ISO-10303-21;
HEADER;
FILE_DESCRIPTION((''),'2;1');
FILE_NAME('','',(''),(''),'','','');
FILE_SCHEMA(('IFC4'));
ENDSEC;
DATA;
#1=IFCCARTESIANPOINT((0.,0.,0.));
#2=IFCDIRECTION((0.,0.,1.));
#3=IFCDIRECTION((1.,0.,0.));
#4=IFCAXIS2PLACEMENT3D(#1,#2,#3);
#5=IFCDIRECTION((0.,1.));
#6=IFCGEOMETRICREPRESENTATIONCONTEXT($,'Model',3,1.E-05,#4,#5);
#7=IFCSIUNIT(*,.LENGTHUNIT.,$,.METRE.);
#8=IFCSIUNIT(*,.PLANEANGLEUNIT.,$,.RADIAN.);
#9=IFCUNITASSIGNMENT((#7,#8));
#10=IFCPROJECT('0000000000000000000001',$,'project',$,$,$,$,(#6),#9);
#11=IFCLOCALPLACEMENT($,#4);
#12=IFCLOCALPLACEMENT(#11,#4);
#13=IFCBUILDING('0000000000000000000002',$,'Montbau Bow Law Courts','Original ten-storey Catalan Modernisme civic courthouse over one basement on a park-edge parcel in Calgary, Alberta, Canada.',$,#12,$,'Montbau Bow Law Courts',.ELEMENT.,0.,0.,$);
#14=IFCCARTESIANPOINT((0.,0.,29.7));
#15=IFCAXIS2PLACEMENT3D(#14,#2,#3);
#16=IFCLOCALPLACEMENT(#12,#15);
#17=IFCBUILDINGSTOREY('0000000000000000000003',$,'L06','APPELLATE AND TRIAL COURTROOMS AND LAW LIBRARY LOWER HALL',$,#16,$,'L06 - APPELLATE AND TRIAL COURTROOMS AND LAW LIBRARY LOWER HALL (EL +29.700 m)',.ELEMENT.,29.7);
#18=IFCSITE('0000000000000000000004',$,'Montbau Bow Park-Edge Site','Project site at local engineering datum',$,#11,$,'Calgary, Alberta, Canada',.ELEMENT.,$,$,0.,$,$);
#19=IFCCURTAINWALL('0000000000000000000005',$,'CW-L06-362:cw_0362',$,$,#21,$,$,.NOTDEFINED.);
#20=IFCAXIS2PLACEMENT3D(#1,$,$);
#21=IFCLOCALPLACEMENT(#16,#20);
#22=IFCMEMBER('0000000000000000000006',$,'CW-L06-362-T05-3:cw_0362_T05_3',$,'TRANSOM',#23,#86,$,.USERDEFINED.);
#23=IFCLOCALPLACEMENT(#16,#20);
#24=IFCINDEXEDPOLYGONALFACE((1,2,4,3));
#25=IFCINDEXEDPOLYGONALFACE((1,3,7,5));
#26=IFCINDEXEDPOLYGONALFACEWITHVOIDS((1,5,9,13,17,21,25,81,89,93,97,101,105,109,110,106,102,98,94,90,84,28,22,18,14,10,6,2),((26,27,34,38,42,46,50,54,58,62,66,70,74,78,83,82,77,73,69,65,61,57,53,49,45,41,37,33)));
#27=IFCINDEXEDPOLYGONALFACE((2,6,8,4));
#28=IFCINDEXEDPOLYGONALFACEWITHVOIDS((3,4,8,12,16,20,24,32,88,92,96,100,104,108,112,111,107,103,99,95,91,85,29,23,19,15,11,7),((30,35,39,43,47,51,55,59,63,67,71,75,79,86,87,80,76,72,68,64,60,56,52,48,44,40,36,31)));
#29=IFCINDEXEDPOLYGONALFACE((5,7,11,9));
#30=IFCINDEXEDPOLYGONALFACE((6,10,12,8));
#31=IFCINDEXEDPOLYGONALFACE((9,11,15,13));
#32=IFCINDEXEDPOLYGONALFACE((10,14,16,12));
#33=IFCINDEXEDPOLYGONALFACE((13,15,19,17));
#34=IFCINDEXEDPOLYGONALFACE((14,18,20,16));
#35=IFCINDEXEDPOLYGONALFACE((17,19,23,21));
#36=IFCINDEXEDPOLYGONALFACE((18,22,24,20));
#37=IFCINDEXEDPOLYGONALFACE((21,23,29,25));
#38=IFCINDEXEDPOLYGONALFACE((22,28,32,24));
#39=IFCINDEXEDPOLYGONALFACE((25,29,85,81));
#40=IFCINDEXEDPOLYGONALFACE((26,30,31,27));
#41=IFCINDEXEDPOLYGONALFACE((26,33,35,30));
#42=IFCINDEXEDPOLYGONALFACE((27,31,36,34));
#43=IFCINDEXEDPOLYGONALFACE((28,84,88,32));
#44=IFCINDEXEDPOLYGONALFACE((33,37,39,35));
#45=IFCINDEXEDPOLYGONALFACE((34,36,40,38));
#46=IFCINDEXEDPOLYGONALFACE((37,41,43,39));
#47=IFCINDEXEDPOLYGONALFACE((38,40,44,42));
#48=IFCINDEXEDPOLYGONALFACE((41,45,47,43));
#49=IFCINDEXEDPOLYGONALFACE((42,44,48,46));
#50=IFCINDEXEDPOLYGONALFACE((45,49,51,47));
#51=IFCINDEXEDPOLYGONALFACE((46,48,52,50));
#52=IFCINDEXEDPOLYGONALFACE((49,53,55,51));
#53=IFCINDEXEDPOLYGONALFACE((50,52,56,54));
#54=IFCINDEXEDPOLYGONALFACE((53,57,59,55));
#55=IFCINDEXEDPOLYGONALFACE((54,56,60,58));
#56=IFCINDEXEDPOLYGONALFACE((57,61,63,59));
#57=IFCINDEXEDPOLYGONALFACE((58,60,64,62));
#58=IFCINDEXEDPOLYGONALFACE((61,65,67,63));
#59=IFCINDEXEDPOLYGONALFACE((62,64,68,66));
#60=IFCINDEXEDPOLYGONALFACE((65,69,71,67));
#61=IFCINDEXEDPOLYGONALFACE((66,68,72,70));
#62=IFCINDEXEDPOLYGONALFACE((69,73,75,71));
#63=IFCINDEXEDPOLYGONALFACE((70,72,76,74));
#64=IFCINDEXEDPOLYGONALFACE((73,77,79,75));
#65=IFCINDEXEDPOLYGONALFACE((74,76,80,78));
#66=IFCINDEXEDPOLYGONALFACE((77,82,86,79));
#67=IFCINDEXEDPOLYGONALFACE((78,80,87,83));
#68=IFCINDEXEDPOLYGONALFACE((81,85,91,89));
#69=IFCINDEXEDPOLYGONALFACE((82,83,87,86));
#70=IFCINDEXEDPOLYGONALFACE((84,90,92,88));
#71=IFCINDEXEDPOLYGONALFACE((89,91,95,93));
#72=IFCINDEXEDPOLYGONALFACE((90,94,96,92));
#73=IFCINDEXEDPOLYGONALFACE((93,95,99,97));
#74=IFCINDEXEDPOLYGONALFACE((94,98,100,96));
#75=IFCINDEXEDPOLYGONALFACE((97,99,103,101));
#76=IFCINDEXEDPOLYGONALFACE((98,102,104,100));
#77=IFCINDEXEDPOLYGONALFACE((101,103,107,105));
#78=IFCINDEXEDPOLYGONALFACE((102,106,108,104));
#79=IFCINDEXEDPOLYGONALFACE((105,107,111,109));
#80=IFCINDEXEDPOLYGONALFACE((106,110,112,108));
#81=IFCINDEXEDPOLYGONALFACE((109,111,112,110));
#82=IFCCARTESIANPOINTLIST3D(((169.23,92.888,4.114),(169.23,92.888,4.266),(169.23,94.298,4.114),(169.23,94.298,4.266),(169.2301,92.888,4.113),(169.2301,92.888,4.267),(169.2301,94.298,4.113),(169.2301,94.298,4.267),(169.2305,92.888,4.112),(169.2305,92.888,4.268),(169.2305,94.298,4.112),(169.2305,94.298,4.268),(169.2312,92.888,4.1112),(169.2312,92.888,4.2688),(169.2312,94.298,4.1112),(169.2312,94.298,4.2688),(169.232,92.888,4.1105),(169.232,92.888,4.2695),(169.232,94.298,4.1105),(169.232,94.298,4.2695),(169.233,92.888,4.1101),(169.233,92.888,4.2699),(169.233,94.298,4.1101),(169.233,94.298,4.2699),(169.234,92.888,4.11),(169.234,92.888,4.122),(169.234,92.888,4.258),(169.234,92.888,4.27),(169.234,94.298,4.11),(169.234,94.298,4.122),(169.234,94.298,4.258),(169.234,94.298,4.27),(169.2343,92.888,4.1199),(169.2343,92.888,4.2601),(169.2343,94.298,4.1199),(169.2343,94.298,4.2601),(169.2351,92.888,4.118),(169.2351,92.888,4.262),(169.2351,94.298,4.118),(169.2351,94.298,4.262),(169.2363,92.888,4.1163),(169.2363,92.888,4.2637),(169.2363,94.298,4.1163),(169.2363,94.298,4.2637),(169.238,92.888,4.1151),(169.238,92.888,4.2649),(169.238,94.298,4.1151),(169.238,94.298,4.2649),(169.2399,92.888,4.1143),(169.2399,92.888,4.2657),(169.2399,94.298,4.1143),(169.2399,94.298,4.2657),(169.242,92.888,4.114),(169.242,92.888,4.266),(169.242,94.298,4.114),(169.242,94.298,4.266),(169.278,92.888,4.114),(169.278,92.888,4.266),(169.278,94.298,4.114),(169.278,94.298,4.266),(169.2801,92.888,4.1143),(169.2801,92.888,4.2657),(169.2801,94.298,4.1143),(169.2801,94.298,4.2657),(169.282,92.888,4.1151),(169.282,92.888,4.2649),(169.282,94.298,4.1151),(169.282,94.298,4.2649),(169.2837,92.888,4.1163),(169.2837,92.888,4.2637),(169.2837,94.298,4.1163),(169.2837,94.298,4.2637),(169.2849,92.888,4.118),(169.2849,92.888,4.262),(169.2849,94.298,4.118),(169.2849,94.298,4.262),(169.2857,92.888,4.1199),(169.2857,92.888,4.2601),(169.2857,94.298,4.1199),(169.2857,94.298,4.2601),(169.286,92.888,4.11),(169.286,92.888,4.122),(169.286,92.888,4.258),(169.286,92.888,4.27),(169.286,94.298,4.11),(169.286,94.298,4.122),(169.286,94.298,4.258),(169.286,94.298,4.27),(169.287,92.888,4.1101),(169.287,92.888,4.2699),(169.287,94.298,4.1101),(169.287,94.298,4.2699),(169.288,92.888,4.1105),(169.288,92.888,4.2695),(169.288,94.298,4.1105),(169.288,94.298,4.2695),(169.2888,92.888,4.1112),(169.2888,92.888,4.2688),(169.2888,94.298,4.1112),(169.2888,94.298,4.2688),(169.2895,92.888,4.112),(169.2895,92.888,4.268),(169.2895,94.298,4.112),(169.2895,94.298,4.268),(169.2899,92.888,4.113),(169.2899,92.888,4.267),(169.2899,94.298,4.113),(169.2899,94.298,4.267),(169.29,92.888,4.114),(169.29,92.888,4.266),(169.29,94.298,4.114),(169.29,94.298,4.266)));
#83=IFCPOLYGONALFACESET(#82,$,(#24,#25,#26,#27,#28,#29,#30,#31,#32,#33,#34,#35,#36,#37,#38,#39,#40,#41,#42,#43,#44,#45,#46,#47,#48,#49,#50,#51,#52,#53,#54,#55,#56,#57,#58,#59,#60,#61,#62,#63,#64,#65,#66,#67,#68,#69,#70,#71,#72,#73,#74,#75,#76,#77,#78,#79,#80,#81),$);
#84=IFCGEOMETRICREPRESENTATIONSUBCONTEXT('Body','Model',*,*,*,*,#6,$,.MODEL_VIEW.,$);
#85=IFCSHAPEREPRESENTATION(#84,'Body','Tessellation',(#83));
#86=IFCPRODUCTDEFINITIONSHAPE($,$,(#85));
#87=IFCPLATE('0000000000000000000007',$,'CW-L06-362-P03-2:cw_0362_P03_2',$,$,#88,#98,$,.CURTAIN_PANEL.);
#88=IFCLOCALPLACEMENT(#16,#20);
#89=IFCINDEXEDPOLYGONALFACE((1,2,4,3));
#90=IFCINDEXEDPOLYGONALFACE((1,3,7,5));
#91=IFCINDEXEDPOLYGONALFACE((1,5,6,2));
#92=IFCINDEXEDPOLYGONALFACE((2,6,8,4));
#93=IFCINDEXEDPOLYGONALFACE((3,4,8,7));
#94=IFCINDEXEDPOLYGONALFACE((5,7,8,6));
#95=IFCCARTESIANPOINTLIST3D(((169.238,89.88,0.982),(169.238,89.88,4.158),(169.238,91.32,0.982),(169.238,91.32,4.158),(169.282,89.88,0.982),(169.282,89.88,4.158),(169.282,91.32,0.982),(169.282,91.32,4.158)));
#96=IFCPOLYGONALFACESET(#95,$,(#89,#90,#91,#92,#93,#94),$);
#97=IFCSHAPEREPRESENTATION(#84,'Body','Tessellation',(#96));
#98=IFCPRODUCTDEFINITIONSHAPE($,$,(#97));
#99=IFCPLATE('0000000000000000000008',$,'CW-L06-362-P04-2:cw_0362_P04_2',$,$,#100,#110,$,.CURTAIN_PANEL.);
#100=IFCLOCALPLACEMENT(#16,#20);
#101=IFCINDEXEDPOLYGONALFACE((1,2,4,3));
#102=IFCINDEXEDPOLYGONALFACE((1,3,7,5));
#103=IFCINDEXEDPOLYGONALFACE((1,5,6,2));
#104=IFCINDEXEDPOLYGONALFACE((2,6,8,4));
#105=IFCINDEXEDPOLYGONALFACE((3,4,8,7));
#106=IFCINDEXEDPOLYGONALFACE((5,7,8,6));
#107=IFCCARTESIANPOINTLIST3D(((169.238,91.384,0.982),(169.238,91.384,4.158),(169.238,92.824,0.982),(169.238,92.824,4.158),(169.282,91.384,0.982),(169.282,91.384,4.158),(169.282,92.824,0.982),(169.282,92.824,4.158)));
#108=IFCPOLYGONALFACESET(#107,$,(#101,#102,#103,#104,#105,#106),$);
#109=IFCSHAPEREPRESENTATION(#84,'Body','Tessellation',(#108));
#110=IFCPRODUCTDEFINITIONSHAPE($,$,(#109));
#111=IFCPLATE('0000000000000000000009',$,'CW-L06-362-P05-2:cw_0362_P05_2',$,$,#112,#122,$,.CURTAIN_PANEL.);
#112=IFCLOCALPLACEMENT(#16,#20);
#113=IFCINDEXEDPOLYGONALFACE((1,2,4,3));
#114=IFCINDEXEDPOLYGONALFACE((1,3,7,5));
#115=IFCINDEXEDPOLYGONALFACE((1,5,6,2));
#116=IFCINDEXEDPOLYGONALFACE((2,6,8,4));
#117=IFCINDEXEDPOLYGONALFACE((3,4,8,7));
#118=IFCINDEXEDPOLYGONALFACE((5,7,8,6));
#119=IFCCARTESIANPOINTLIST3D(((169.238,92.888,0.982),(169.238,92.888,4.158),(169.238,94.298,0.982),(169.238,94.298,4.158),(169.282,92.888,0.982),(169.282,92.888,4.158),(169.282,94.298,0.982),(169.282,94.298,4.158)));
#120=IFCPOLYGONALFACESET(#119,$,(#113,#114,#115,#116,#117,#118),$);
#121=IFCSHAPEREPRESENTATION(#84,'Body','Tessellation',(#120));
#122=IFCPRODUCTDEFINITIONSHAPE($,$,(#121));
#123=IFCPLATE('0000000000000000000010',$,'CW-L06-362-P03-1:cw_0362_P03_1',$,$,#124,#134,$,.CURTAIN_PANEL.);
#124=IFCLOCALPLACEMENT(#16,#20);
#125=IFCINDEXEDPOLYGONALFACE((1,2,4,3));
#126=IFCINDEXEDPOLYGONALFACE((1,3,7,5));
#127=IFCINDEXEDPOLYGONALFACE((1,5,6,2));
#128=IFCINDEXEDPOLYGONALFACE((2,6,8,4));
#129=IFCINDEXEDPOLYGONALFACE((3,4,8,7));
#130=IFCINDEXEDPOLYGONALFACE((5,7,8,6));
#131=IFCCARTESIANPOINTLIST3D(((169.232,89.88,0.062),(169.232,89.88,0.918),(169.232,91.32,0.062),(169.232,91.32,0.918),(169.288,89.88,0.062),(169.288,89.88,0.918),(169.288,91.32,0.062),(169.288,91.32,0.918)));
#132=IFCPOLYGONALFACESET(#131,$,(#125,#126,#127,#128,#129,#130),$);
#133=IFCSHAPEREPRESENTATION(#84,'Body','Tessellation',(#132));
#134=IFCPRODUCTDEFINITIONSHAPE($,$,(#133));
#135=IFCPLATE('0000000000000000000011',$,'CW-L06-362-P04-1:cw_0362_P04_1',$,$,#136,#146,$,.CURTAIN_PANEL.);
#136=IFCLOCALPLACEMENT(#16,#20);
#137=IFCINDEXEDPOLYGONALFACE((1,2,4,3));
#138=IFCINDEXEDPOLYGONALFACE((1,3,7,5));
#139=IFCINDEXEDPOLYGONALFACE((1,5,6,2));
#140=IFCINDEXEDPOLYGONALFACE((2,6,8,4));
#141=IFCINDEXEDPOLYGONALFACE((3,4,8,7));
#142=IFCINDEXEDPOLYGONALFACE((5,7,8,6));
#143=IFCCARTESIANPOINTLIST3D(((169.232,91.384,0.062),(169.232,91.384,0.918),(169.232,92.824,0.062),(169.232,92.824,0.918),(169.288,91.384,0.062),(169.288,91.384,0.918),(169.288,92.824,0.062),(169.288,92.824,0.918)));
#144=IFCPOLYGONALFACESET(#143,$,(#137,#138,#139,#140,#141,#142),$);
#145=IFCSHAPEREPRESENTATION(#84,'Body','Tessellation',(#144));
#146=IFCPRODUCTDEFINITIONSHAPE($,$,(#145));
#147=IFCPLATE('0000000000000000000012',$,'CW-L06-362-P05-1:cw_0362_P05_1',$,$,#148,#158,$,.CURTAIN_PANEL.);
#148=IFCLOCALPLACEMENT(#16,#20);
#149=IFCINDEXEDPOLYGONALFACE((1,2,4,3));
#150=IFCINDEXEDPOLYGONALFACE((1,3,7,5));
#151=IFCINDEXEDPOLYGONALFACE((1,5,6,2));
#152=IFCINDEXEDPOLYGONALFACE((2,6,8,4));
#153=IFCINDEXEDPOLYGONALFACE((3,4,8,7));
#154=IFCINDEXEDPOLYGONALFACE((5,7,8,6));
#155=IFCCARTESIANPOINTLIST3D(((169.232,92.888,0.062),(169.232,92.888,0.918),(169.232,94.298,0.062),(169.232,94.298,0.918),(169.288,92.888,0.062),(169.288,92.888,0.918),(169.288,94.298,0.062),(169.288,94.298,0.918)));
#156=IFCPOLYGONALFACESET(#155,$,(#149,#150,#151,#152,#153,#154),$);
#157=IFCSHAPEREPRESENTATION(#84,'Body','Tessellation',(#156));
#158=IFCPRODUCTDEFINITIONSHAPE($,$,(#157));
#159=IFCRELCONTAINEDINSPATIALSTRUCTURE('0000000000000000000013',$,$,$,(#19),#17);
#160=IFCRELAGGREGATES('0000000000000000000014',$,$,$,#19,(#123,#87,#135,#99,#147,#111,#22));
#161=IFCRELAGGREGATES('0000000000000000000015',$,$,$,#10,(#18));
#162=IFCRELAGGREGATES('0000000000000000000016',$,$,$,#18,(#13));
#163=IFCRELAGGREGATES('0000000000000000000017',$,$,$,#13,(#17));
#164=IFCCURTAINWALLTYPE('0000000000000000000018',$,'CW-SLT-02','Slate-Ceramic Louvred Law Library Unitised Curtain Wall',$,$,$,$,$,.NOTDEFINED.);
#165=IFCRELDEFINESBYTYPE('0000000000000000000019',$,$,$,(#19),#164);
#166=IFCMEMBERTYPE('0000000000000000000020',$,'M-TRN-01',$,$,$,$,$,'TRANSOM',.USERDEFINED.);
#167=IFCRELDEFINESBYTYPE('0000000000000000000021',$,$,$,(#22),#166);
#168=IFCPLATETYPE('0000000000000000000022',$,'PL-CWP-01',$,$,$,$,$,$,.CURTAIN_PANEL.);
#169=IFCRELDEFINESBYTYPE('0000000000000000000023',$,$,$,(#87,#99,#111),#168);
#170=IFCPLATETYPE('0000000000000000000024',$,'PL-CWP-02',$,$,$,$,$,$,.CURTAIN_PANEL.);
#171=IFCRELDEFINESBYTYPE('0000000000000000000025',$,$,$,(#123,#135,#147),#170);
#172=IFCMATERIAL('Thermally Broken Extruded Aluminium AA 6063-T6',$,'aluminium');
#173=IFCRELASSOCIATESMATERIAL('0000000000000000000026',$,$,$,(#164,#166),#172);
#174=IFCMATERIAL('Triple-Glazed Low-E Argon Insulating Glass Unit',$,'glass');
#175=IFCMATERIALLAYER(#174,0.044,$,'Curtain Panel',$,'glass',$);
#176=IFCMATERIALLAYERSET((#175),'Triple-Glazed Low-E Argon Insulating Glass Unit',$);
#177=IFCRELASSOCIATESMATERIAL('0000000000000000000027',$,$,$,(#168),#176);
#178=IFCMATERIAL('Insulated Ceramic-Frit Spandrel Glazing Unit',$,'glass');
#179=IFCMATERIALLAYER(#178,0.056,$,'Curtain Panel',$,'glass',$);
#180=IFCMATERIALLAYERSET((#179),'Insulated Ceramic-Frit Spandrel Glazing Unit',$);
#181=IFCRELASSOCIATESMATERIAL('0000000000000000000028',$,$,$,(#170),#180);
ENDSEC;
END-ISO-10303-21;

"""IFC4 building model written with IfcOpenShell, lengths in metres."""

from ifc_helpers import new_model, si_unit, direction, frame, frame_2d, origin_with_axes, origin_2d_with_axis, place, context, subcontext, project, spatial, rectangle, hollow_rectangle, extrude, material, layer, layer_set, material_profile, profile_set, type_object, element, aggregate, save


model = new_model("IFC4")

# Units and contexts
model_context = context("Model", 3, precision=1e-05, world=origin_with_axes(), true_north=direction((0.0, 1.0)))
body_context = subcontext(model_context, "Body", "Model", "MODEL_VIEW")
ifc_project = project(units=[si_unit("LENGTHUNIT", "METRE"), si_unit("PLANEANGLEUNIT", "RADIAN")], contexts=[model_context])

# Site, building, storey
site_placement = place(None, origin_with_axes())
site = spatial("IfcSite", under=ifc_project, at=site_placement, Name="Montbau Bow Park-Edge Site", Description="Project site at local engineering datum", LongName="Calgary, Alberta, Canada", CompositionType="ELEMENT", RefElevation=0.0)
building_placement = place(site_placement, origin_with_axes())
building = spatial("IfcBuilding", under=site, at=building_placement, Name="Montbau Bow Law Courts", Description="Original ten-storey Catalan Modernisme civic courthouse over one basement on a park-edge parcel in Calgary, Alberta, Canada.", LongName="Montbau Bow Law Courts", CompositionType="ELEMENT", ElevationOfRefHeight=0.0, ElevationOfTerrain=0.0)
storey_placement = place(building_placement, frame((0.0, 0.0, 29.7), z_axis=(0.0, 0.0, 1.0), x_axis=(1.0, 0.0, 0.0)))
storey = spatial("IfcBuildingStorey", under=building, at=storey_placement, Name="L06", Description="APPELLATE AND TRIAL COURTROOMS AND LAW LIBRARY LOWER HALL", LongName="L06 - APPELLATE AND TRIAL COURTROOMS AND LAW LIBRARY LOWER HALL (EL +29.700 m)", CompositionType="ELEMENT", Elevation=29.7)

# Curtain wall, member, plates
ifc_material_1 = material(Name="Thermally Broken Extruded Aluminium AA 6063-T6", Category="aluminium")
curtain_wall_type = type_object("IfcCurtainWallType", Name="CW-SLT-02", Description="Slate-Ceramic Louvred Law Library Unitised Curtain Wall", PredefinedType="NOTDEFINED", material=ifc_material_1)
curtain_wall_placement = place(None, frame((169.26, 86.84, 29.7), z_axis=(0.0, 0.0, 1.0), x_axis=(1.0, 0.0, 0.0)))
curtain_wall = element("IfcCurtainWall", 1, at=curtain_wall_placement, inside=storey, type_object=curtain_wall_type, Name="CW-L06-362:cw_0362", PredefinedType="NOTDEFINED")
ifc_material_profile_1 = material_profile(ifc_material_1, hollow_rectangle(XDim=0.06, YDim=0.16, WallThickness=0.004, InnerFilletRadius=0.008, OuterFilletRadius=0.004, at=origin_2d_with_axis()), Name="CWT-160X60", Category="Main", Priority=0)
ifc_profile_set_1 = profile_set([ifc_material_profile_1], Name="Thermally Broken Extruded Aluminium AA 6063-T6")
member_type_1 = type_object("IfcMemberType", Name="M-TRN-01", ElementType="TRANSOM", PredefinedType="USERDEFINED", material=ifc_profile_set_1)
member_1_placement = place(None, frame((169.26, 92.888, 33.89), z_axis=(0.0, 1.0, 0.0), x_axis=(-1.0, 0.0, 0.0)))
member_1 = element("IfcMember", 2, at=member_1_placement, type_object=member_type_1, Name="CW-L06-362-T05-3:cw_0362_T05_3", ObjectType="TRANSOM", PredefinedType="USERDEFINED", context=body_context, shape_type="SweptSolid", body=[
    extrude(hollow_rectangle(XDim=0.06, YDim=0.16, WallThickness=0.004, InnerFilletRadius=0.008, OuterFilletRadius=0.004, at=origin_2d_with_axis()), origin_with_axes(), (0.0, 0.0, 1.0), 1.41),
])
ifc_material_2 = material(Name="Triple-Glazed Low-E Argon Insulating Glass Unit", Category="glass")
ifc_layer_1 = layer(ifc_material_2, 0.044, Name="Curtain Panel", Category="glass")
ifc_layer_set_1 = layer_set([ifc_layer_1], Name="Triple-Glazed Low-E Argon Insulating Glass Unit")
plate_type_1 = type_object("IfcPlateType", Name="PL-CWP-01", PredefinedType="CURTAIN_PANEL", material=ifc_layer_set_1)
plate_1_placement = place(None, frame((169.26, 89.88, 30.682), z_axis=(1.0, 0.0, 0.0), x_axis=(0.0, 1.0, 0.0)))
plate_1 = element("IfcPlate", 3, at=plate_1_placement, type_object=plate_type_1, Name="CW-L06-362-P03-2:cw_0362_P03_2", PredefinedType="CURTAIN_PANEL", context=body_context, shape_type="SweptSolid", body=[
    extrude(rectangle(XDim=1.44, YDim=3.176, at=frame_2d((0.72, 1.588), x_axis=(1.0, 0.0))), frame((0.0, 0.0, -0.022), z_axis=(0.0, 0.0, 1.0), x_axis=(1.0, 0.0, 0.0)), (0.0, 0.0, 1.0), 0.044),
])
plate_2_placement = place(None, frame((169.26, 91.384, 30.682), z_axis=(1.0, 0.0, 0.0), x_axis=(0.0, 1.0, 0.0)))
plate_2 = element("IfcPlate", 4, at=plate_2_placement, type_object=plate_type_1, Name="CW-L06-362-P04-2:cw_0362_P04_2", PredefinedType="CURTAIN_PANEL", context=body_context, shape_type="SweptSolid", body=[
    extrude(rectangle(XDim=1.44, YDim=3.176, at=frame_2d((0.72, 1.588), x_axis=(1.0, 0.0))), frame((0.0, 0.0, -0.022), z_axis=(0.0, 0.0, 1.0), x_axis=(1.0, 0.0, 0.0)), (0.0, 0.0, 1.0), 0.044),
])
plate_3_placement = place(None, frame((169.26, 92.888, 30.682), z_axis=(1.0, 0.0, 0.0), x_axis=(0.0, 1.0, 0.0)))
plate_3 = element("IfcPlate", 5, at=plate_3_placement, type_object=plate_type_1, Name="CW-L06-362-P05-2:cw_0362_P05_2", PredefinedType="CURTAIN_PANEL", context=body_context, shape_type="SweptSolid", body=[
    extrude(rectangle(XDim=1.41, YDim=3.176, at=frame_2d((0.705, 1.588), x_axis=(1.0, 0.0))), frame((0.0, 0.0, -0.022), z_axis=(0.0, 0.0, 1.0), x_axis=(1.0, 0.0, 0.0)), (0.0, 0.0, 1.0), 0.044),
])
ifc_material_3 = material(Name="Insulated Ceramic-Frit Spandrel Glazing Unit", Category="glass")
ifc_layer_2 = layer(ifc_material_3, 0.056, Name="Curtain Panel", Category="glass")
ifc_layer_set_2 = layer_set([ifc_layer_2], Name="Insulated Ceramic-Frit Spandrel Glazing Unit")
plate_type_2 = type_object("IfcPlateType", Name="PL-CWP-02", PredefinedType="CURTAIN_PANEL", material=ifc_layer_set_2)
plate_4_placement = place(None, frame((169.26, 89.88, 29.762), z_axis=(1.0, 0.0, 0.0), x_axis=(0.0, 1.0, 0.0)))
plate_4 = element("IfcPlate", 6, at=plate_4_placement, type_object=plate_type_2, Name="CW-L06-362-P03-1:cw_0362_P03_1", PredefinedType="CURTAIN_PANEL", context=body_context, shape_type="SweptSolid", body=[
    extrude(rectangle(XDim=1.44, YDim=0.856, at=frame_2d((0.72, 0.428), x_axis=(1.0, 0.0))), frame((0.0, 0.0, -0.028), z_axis=(0.0, 0.0, 1.0), x_axis=(1.0, 0.0, 0.0)), (0.0, 0.0, 1.0), 0.056),
])
plate_5_placement = place(None, frame((169.26, 91.384, 29.762), z_axis=(1.0, 0.0, 0.0), x_axis=(0.0, 1.0, 0.0)))
plate_5 = element("IfcPlate", 7, at=plate_5_placement, type_object=plate_type_2, Name="CW-L06-362-P04-1:cw_0362_P04_1", PredefinedType="CURTAIN_PANEL", context=body_context, shape_type="SweptSolid", body=[
    extrude(rectangle(XDim=1.44, YDim=0.856, at=frame_2d((0.72, 0.428), x_axis=(1.0, 0.0))), frame((0.0, 0.0, -0.028), z_axis=(0.0, 0.0, 1.0), x_axis=(1.0, 0.0, 0.0)), (0.0, 0.0, 1.0), 0.056),
])
plate_6_placement = place(None, frame((169.26, 92.888, 29.762), z_axis=(1.0, 0.0, 0.0), x_axis=(0.0, 1.0, 0.0)))
plate_6 = element("IfcPlate", 8, at=plate_6_placement, type_object=plate_type_2, Name="CW-L06-362-P05-1:cw_0362_P05_1", PredefinedType="CURTAIN_PANEL", context=body_context, shape_type="SweptSolid", body=[
    extrude(rectangle(XDim=1.41, YDim=0.856, at=frame_2d((0.705, 0.428), x_axis=(1.0, 0.0))), frame((0.0, 0.0, -0.028), z_axis=(0.0, 0.0, 1.0), x_axis=(1.0, 0.0, 0.0)), (0.0, 0.0, 1.0), 0.056),
])
aggregate(curtain_wall, [plate_4, plate_1, plate_5, plate_2, plate_6, plate_3, member_1])

save(model, "model.ifc")
